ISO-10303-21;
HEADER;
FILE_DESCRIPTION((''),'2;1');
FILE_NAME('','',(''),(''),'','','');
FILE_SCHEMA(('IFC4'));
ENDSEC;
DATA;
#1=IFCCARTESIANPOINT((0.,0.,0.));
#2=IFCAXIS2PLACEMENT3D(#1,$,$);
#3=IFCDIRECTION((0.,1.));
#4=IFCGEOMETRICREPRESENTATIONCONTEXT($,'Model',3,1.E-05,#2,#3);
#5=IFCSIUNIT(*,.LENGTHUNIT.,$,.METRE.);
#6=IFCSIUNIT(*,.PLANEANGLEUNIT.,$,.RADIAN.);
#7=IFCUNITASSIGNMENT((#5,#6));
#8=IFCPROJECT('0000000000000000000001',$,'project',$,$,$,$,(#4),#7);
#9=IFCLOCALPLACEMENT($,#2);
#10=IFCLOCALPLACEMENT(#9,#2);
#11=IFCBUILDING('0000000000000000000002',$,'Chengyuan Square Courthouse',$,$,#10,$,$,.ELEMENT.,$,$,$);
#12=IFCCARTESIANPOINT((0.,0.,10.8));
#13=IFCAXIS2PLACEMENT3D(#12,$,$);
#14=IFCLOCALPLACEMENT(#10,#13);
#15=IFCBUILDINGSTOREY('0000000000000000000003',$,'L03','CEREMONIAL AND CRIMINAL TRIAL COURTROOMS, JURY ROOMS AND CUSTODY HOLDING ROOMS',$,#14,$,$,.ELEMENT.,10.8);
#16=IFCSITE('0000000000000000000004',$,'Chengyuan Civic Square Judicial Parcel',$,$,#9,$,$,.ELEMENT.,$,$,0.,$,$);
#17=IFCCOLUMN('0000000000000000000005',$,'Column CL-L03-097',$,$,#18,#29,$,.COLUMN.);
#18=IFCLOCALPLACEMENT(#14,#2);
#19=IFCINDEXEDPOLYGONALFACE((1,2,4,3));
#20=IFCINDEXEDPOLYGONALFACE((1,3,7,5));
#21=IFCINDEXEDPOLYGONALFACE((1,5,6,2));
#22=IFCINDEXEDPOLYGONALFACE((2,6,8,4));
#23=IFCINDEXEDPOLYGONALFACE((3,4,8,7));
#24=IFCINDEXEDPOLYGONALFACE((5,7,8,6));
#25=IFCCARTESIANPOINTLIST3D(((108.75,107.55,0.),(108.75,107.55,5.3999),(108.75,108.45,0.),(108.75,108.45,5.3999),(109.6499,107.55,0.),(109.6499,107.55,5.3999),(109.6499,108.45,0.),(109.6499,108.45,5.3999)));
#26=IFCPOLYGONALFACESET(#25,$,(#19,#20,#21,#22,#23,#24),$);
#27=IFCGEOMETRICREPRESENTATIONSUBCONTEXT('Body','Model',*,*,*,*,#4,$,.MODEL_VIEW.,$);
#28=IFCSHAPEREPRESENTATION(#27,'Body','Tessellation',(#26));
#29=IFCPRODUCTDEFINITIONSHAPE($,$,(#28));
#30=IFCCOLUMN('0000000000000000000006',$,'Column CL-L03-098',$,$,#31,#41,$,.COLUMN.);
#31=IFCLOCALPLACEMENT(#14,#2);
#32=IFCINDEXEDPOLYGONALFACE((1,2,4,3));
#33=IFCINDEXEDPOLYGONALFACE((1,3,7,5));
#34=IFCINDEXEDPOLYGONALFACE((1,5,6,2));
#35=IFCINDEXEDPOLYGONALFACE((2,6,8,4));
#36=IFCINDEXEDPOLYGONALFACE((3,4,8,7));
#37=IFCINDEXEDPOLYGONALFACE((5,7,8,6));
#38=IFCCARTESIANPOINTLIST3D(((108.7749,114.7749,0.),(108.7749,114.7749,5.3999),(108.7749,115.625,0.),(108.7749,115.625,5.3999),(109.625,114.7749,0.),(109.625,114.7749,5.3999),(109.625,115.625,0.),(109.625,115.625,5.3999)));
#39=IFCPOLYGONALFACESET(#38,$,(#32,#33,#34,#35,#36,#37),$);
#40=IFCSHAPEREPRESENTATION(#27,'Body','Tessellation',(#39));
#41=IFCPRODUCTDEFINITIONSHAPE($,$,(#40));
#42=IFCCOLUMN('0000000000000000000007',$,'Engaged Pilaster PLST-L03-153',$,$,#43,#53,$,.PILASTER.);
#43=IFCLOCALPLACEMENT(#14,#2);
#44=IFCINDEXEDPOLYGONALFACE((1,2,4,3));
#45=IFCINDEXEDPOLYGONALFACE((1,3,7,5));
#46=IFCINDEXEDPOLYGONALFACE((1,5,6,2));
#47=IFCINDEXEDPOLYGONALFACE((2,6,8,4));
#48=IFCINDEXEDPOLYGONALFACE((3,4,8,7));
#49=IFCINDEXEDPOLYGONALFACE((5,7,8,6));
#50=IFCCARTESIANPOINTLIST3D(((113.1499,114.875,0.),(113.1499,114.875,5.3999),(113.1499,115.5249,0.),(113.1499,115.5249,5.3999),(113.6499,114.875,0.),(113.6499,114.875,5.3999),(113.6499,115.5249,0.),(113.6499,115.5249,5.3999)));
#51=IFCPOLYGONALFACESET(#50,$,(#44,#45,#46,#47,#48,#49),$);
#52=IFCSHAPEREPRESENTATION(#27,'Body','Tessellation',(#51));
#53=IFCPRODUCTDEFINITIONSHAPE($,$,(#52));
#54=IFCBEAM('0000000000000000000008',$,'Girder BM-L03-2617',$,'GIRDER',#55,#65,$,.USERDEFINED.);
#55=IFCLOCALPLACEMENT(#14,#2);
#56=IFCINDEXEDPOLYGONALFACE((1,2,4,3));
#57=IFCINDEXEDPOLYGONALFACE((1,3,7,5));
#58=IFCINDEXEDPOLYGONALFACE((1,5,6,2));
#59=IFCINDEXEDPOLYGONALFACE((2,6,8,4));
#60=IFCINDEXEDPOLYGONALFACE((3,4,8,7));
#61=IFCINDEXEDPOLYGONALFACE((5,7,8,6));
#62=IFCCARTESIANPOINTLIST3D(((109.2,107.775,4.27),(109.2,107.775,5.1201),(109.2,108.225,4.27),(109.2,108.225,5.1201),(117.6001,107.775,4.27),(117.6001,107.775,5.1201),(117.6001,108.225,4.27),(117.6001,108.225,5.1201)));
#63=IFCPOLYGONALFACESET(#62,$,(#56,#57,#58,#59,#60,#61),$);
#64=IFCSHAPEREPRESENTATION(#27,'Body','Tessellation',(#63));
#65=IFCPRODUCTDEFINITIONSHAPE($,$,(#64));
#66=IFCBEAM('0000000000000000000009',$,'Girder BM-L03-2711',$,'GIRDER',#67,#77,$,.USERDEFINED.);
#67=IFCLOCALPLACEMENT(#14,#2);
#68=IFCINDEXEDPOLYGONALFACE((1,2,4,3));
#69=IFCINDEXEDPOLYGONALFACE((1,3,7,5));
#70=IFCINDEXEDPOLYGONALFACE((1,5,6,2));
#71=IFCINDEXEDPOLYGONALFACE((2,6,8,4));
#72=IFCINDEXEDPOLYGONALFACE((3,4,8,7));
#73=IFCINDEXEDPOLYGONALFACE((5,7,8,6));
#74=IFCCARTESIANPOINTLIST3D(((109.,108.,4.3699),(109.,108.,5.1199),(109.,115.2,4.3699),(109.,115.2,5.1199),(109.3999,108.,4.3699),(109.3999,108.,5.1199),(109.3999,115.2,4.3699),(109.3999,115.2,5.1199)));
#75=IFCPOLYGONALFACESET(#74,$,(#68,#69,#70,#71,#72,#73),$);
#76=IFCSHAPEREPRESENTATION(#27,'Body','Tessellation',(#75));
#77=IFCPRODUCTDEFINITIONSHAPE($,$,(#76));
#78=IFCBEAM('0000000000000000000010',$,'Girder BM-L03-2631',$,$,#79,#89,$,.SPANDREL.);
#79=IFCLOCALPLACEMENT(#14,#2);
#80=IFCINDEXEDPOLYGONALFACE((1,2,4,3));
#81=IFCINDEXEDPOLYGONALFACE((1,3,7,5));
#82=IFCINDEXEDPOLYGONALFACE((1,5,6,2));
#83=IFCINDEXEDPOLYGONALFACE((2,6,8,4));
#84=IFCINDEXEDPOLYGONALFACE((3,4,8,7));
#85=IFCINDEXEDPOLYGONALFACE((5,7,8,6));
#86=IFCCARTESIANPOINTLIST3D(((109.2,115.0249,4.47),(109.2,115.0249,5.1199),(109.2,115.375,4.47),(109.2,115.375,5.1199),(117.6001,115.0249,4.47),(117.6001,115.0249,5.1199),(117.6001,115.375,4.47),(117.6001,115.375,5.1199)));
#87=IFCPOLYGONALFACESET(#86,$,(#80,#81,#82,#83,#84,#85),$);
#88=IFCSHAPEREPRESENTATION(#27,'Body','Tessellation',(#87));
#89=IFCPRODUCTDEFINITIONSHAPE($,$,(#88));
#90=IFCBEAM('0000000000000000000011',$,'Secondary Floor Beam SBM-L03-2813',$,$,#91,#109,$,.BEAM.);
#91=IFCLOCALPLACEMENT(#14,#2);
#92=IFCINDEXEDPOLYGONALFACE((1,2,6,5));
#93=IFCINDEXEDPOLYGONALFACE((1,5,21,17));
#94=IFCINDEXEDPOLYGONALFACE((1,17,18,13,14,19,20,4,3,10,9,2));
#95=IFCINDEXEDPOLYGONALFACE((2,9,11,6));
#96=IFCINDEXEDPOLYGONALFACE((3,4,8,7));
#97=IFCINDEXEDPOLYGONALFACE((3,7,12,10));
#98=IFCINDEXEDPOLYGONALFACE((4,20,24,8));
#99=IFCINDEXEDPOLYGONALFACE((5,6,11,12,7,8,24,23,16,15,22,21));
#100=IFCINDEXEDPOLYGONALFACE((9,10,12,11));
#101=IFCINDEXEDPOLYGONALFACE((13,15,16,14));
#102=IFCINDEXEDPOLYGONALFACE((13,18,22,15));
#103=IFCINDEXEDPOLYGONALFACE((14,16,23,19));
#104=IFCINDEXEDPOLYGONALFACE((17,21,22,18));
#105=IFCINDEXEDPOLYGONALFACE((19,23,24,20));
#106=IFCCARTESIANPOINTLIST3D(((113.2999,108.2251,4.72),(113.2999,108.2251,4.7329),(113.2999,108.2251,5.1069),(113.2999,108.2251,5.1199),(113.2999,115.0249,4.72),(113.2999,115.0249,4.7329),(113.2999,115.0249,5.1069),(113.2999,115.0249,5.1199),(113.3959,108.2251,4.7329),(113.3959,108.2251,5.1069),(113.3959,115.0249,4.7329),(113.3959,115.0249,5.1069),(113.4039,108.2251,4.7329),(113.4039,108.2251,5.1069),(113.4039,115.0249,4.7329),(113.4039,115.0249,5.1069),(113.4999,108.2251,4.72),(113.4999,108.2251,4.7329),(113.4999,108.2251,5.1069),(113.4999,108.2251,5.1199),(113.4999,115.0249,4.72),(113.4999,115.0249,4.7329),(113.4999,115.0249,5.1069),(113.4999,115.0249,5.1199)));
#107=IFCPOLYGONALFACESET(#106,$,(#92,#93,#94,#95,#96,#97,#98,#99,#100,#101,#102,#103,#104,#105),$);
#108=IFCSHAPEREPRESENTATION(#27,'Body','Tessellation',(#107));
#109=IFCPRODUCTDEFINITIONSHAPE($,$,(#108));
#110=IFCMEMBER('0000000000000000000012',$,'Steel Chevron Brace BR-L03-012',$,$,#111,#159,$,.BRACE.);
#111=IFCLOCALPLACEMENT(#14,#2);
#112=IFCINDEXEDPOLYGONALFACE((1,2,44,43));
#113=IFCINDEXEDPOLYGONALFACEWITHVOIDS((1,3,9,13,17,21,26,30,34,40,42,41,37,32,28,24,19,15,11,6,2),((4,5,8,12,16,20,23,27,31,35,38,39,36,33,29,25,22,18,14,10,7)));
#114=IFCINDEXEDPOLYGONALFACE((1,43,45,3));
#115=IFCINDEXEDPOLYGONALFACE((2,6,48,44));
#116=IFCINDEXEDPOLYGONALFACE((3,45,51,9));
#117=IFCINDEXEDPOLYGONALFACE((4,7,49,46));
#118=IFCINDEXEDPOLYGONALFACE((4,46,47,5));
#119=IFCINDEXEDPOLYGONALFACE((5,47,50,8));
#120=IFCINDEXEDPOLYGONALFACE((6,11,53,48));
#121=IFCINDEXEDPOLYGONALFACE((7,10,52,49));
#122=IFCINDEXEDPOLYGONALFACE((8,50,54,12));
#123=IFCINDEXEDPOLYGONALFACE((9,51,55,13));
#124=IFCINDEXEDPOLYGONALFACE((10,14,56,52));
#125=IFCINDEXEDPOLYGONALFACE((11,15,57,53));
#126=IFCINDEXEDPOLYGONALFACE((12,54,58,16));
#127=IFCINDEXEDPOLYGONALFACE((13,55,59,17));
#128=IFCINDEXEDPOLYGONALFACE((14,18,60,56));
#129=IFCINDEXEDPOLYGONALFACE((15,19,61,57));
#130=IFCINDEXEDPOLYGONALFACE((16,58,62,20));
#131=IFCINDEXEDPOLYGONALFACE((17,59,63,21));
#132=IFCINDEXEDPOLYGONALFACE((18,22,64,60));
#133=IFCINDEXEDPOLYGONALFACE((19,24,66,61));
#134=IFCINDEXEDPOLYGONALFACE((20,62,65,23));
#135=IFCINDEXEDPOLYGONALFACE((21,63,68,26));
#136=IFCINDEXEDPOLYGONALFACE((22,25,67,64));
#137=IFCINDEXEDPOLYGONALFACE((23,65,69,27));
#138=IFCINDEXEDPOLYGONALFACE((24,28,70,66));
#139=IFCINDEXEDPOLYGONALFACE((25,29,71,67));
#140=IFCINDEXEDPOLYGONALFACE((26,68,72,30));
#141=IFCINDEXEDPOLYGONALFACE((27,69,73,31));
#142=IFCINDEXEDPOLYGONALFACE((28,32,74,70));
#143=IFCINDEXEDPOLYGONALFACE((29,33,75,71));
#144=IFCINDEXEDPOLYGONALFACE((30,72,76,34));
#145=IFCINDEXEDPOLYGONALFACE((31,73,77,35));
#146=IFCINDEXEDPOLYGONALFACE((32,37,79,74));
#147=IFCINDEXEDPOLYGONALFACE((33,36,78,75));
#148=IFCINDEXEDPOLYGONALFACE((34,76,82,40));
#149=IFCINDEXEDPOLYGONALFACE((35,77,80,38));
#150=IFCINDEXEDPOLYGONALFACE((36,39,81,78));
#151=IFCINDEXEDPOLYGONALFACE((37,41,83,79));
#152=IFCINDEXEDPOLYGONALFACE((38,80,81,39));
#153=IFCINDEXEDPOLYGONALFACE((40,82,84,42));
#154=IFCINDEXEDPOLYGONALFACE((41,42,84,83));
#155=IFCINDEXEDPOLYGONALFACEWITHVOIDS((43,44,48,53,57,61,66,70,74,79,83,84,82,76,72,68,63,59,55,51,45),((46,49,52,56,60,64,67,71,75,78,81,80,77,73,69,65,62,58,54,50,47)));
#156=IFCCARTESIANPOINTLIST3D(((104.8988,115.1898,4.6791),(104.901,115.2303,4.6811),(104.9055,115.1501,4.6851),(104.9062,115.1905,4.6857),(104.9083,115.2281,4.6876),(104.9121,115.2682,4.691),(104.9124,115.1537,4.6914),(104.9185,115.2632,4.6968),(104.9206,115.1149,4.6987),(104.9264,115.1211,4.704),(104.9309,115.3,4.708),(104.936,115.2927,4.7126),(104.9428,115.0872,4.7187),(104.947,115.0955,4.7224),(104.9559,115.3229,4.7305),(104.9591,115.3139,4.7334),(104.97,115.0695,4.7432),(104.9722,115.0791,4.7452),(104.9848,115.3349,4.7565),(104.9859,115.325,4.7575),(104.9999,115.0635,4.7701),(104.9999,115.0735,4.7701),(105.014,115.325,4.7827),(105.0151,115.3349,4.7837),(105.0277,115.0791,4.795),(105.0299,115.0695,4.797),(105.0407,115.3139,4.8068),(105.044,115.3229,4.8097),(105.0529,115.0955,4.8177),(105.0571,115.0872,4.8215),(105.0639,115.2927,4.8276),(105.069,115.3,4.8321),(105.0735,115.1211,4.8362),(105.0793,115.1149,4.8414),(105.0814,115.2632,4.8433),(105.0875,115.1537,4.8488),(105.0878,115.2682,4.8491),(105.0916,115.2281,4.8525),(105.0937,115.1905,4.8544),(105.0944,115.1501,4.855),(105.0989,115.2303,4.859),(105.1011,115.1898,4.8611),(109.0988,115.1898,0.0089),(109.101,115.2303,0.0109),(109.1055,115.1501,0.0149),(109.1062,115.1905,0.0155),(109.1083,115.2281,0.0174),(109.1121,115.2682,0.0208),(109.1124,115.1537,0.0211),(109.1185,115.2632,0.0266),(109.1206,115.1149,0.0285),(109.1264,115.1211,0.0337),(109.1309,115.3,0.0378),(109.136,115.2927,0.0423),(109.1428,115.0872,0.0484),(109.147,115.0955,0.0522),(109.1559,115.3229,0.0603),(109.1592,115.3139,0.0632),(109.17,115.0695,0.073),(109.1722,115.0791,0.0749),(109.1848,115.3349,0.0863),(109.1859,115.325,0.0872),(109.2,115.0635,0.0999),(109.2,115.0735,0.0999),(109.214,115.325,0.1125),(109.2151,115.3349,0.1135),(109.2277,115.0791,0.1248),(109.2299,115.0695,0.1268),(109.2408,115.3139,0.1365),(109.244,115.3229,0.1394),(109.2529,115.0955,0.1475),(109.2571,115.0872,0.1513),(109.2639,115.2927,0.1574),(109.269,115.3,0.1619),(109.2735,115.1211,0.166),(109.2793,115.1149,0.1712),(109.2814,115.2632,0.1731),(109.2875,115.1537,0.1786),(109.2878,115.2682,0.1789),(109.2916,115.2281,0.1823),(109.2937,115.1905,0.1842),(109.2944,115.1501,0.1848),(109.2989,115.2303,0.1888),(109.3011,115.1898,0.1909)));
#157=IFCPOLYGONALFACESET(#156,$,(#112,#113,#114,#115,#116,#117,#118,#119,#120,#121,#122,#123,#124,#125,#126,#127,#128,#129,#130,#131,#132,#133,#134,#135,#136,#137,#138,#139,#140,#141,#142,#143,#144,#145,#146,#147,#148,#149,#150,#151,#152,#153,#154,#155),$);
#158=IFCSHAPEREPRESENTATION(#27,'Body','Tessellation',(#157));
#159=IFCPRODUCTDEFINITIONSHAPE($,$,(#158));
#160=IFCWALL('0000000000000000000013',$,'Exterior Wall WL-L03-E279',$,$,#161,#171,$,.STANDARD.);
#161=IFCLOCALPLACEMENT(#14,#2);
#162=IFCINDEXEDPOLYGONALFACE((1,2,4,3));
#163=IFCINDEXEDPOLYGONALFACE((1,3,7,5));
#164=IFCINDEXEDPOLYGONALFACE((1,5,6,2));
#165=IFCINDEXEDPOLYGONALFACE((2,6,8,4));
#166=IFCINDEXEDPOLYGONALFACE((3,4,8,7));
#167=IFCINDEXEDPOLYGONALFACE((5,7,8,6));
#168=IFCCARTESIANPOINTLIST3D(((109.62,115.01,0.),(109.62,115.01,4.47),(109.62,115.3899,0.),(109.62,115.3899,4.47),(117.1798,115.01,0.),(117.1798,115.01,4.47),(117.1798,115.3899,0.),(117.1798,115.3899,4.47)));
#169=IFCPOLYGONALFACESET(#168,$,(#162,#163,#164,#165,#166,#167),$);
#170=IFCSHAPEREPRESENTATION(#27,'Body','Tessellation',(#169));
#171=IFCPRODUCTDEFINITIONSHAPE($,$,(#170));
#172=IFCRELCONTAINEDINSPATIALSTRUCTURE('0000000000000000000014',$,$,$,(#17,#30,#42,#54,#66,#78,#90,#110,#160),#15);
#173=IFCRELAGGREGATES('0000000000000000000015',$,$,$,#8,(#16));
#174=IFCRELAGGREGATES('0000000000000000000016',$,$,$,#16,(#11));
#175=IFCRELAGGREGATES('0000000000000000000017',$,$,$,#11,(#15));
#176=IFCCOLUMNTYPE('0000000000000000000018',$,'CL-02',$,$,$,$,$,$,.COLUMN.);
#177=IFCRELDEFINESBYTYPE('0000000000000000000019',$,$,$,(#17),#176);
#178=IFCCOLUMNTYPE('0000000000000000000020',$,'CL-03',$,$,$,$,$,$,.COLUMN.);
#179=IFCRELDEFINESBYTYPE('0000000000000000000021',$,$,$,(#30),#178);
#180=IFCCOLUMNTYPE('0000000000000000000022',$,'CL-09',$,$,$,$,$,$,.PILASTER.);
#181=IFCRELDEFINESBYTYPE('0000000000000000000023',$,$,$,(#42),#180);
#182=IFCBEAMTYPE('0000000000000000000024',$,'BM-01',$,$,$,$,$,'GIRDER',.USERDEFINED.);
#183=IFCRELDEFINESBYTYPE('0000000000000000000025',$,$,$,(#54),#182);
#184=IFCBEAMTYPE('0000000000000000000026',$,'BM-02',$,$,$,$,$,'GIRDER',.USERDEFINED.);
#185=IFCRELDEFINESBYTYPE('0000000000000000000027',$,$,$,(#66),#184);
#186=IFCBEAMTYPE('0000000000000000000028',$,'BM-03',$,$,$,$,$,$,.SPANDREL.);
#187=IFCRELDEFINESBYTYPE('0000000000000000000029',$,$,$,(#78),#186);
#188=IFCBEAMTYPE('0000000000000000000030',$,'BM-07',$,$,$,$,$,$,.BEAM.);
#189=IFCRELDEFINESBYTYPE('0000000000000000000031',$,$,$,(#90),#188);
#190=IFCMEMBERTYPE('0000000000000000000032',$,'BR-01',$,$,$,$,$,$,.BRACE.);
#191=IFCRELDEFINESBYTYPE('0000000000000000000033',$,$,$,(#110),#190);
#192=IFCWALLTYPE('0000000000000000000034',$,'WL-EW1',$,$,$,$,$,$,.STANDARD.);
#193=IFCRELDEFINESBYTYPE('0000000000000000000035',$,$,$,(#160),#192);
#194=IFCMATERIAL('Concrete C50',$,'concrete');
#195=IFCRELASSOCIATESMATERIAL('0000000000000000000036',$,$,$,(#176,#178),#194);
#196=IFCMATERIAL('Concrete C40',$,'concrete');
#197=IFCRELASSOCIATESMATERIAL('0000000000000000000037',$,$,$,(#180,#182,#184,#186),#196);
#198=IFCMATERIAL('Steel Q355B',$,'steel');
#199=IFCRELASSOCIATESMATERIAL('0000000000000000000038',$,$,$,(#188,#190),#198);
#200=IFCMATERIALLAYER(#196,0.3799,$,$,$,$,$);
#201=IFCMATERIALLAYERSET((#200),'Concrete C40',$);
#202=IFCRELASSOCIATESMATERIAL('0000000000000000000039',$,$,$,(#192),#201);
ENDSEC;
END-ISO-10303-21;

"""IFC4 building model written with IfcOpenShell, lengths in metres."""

from ifc_helpers import new_model, si_unit, direction, frame, frame_2d, origin, origin_2d, place, context, subcontext, project, spatial, rectangle, hollow_circle, i_section, extrude, material, layer, layer_set, material_profile, profile_set, type_object, element, save


model = new_model("IFC4")

# Units and contexts
model_context = context("Model", 3, precision=1e-05, world=origin(), true_north=direction((0.0, 1.0)))
body_context = subcontext(model_context, "Body", "Model", "MODEL_VIEW")
ifc_project = project(units=[si_unit("LENGTHUNIT", "METRE"), si_unit("PLANEANGLEUNIT", "RADIAN")], contexts=[model_context])

# Site, building, storey
site_placement = place(None, origin())
site = spatial("IfcSite", under=ifc_project, at=site_placement, Name="Chengyuan Civic Square Judicial Parcel", CompositionType="ELEMENT", RefElevation=0.0)
building_placement = place(site_placement, origin())
building = spatial("IfcBuilding", under=site, at=building_placement, Name="Chengyuan Square Courthouse", CompositionType="ELEMENT")
storey_placement = place(building_placement, frame((0.0, 0.0, 10.8)))
storey = spatial("IfcBuildingStorey", under=building, at=storey_placement, Name="L03", Description="CEREMONIAL AND CRIMINAL TRIAL COURTROOMS, JURY ROOMS AND CUSTODY HOLDING ROOMS", CompositionType="ELEMENT", Elevation=10.8)

# Columns
ifc_material_1 = material(Name="Concrete C50", Category="concrete")
ifc_material_profile_1 = material_profile(ifc_material_1, rectangle(XDim=0.8999, YDim=0.8999, at=origin_2d()), Name="RC-COL-900x900")
ifc_profile_set_1 = profile_set([ifc_material_profile_1], Name="Concrete C50")
column_type_1 = type_object("IfcColumnType", Name="CL-02", PredefinedType="COLUMN", material=ifc_profile_set_1)
column_1_placement = place(storey_placement, frame((109.2, 108.0, 0.0), z_axis=(0.0, 0.0, 1.0), x_axis=(1.0, 0.0, 0.0)))
element("IfcColumn", 1, at=column_1_placement, inside=storey, type_object=column_type_1, Name="Column CL-L03-097", PredefinedType="COLUMN", context=body_context, shape_type="SweptSolid", body=[
    extrude(rectangle(XDim=0.8999, YDim=0.8999, at=origin_2d()), origin(), (0.0, 0.0, 1.0), 5.3999),
])
ifc_material_profile_2 = material_profile(ifc_material_1, rectangle(XDim=0.8501, YDim=0.8501, at=origin_2d()), Name="RC-COL-850x850")
ifc_profile_set_2 = profile_set([ifc_material_profile_2], Name="Concrete C50")
column_type_2 = type_object("IfcColumnType", Name="CL-03", PredefinedType="COLUMN", material=ifc_profile_set_2)
column_2_placement = place(storey_placement, frame((109.2, 115.2, 0.0), z_axis=(0.0, 0.0, 1.0), x_axis=(1.0, 0.0, 0.0)))
element("IfcColumn", 2, at=column_2_placement, inside=storey, type_object=column_type_2, Name="Column CL-L03-098", PredefinedType="COLUMN", context=body_context, shape_type="SweptSolid", body=[
    extrude(rectangle(XDim=0.8501, YDim=0.8501, at=origin_2d()), origin(), (0.0, 0.0, 1.0), 5.3999),
])
ifc_material_2 = material(Name="Concrete C40", Category="concrete")
ifc_material_profile_3 = material_profile(ifc_material_2, rectangle(XDim=0.5, YDim=0.6499, at=origin_2d()), Name="RC-PIL-500x650")
ifc_profile_set_3 = profile_set([ifc_material_profile_3], Name="Concrete C40")
column_type_3 = type_object("IfcColumnType", Name="CL-09", PredefinedType="PILASTER", material=ifc_profile_set_3)
column_3_placement = place(storey_placement, frame((113.3999, 115.2, 0.0), z_axis=(0.0, 0.0, 1.0), x_axis=(1.0, 0.0, 0.0)))
element("IfcColumn", 3, at=column_3_placement, inside=storey, type_object=column_type_3, Name="Engaged Pilaster PLST-L03-153", PredefinedType="PILASTER", context=body_context, shape_type="SweptSolid", body=[
    extrude(rectangle(XDim=0.5, YDim=0.6499, at=origin_2d()), origin(), (0.0, 0.0, 1.0), 5.3999),
])

# Beams
ifc_material_profile_4 = material_profile(ifc_material_2, rectangle(XDim=0.45, YDim=0.8501, at=origin_2d()), Name="RC-BM-450x850")
ifc_profile_set_4 = profile_set([ifc_material_profile_4], Name="Concrete C40")
beam_type_1 = type_object("IfcBeamType", Name="BM-01", ElementType="GIRDER", PredefinedType="USERDEFINED", material=ifc_profile_set_4)
beam_1_placement = place(storey_placement, frame((109.2, 108.0, 4.6951), z_axis=(1.0, 0.0, 0.0), x_axis=(0.0, 1.0, 0.0)))
element("IfcBeam", 4, at=beam_1_placement, inside=storey, type_object=beam_type_1, Name="Girder BM-L03-2617", ObjectType="GIRDER", PredefinedType="USERDEFINED", context=body_context, shape_type="SweptSolid", body=[
    extrude(rectangle(XDim=0.45, YDim=0.8501, at=origin_2d()), origin(), (0.0, 0.0, 1.0), 8.4001),
])
ifc_material_profile_5 = material_profile(ifc_material_2, rectangle(XDim=0.3999, YDim=0.75, at=origin_2d()), Name="RC-BM-400x750")
ifc_profile_set_5 = profile_set([ifc_material_profile_5], Name="Concrete C40")
beam_type_2 = type_object("IfcBeamType", Name="BM-02", ElementType="GIRDER", PredefinedType="USERDEFINED", material=ifc_profile_set_5)
beam_2_placement = place(storey_placement, frame((109.2, 108.0, 4.7449), z_axis=(0.0, 1.0, 0.0), x_axis=(-1.0, 0.0, 0.0)))
element("IfcBeam", 5, at=beam_2_placement, inside=storey, type_object=beam_type_2, Name="Girder BM-L03-2711", ObjectType="GIRDER", PredefinedType="USERDEFINED", context=body_context, shape_type="SweptSolid", body=[
    extrude(rectangle(XDim=0.3999, YDim=0.75, at=origin_2d()), origin(), (0.0, 0.0, 1.0), 7.2),
])
ifc_material_profile_6 = material_profile(ifc_material_2, rectangle(XDim=0.3501, YDim=0.6499, at=origin_2d()), Name="RC-BM-350x650")
ifc_profile_set_6 = profile_set([ifc_material_profile_6], Name="Concrete C40")
beam_type_3 = type_object("IfcBeamType", Name="BM-03", PredefinedType="SPANDREL", material=ifc_profile_set_6)
beam_3_placement = place(storey_placement, frame((109.2, 115.2, 4.7949), z_axis=(1.0, 0.0, 0.0), x_axis=(0.0, 1.0, 0.0)))
element("IfcBeam", 6, at=beam_3_placement, inside=storey, type_object=beam_type_3, Name="Girder BM-L03-2631", PredefinedType="SPANDREL", context=body_context, shape_type="SweptSolid", body=[
    extrude(rectangle(XDim=0.3501, YDim=0.6499, at=origin_2d()), origin(), (0.0, 0.0, 1.0), 8.4001),
])
ifc_material_3 = material(Name="Steel Q355B", Category="steel")
ifc_material_profile_7 = material_profile(ifc_material_3, i_section(OverallWidth=0.2, OverallDepth=0.3999, WebThickness=0.0081, FlangeThickness=0.0129, at=origin_2d()), Name="HN 400x200x8x13")
ifc_profile_set_7 = profile_set([ifc_material_profile_7], Name="Steel Q355B")
beam_type_4 = type_object("IfcBeamType", Name="BM-07", PredefinedType="BEAM", material=ifc_profile_set_7)
beam_4_placement = place(storey_placement, frame((113.3999, 108.2251, 4.9199), z_axis=(0.0, 1.0, 0.0), x_axis=(-1.0, 0.0, 0.0)))
element("IfcBeam", 7, at=beam_4_placement, inside=storey, type_object=beam_type_4, Name="Secondary Floor Beam SBM-L03-2813", PredefinedType="BEAM", context=body_context, shape_type="SweptSolid", body=[
    extrude(i_section(OverallWidth=0.2, OverallDepth=0.3999, WebThickness=0.0081, FlangeThickness=0.0129, at=origin_2d()), origin(), (0.0, 0.0, 1.0), 6.7998),
])

# Member
ifc_material_profile_8 = material_profile(ifc_material_3, hollow_circle(Radius=0.1365, WallThickness=0.01, at=origin_2d()), Name="CHS 273x10")
ifc_profile_set_8 = profile_set([ifc_material_profile_8], Name="Steel Q355B")
member_type = type_object("IfcMemberType", Name="BR-01", PredefinedType="BRACE", material=ifc_profile_set_8)
member_placement = place(storey_placement, frame((109.2, 115.2, 0.0999), z_axis=(-0.668683, 0.0, 0.743547), x_axis=(0.0, -1.0, 0.0)))
element("IfcMember", 8, at=member_placement, inside=storey, type_object=member_type, Name="Steel Chevron Brace BR-L03-012", PredefinedType="BRACE", context=body_context, shape_type="SweptSolid", body=[
    extrude(hollow_circle(Radius=0.1365, WallThickness=0.01, at=origin_2d()), origin(), (0.0, 0.0, 1.0), 6.281),
])

# Wall
ifc_layer_1 = layer(ifc_material_2, 0.3799)
ifc_layer_set_1 = layer_set([ifc_layer_1], Name="Concrete C40")
wall_type_1 = type_object("IfcWallType", Name="WL-EW1", PredefinedType="STANDARD", material=ifc_layer_set_1)
wall_1_placement = place(storey_placement, frame((109.6201, 115.2, 0.0), z_axis=(0.0, 0.0, 1.0), x_axis=(1.0, 0.0, 0.0)))
element("IfcWall", 9, at=wall_1_placement, inside=storey, type_object=wall_type_1, Name="Exterior Wall WL-L03-E279", PredefinedType="STANDARD", context=body_context, shape_type="SweptSolid", body=[
    extrude(rectangle(XDim=7.5598, YDim=0.3799, at=frame_2d((3.7798, 0.0))), origin(), (0.0, 0.0, 1.0), 4.47),
])

save(model, "model.ifc")
